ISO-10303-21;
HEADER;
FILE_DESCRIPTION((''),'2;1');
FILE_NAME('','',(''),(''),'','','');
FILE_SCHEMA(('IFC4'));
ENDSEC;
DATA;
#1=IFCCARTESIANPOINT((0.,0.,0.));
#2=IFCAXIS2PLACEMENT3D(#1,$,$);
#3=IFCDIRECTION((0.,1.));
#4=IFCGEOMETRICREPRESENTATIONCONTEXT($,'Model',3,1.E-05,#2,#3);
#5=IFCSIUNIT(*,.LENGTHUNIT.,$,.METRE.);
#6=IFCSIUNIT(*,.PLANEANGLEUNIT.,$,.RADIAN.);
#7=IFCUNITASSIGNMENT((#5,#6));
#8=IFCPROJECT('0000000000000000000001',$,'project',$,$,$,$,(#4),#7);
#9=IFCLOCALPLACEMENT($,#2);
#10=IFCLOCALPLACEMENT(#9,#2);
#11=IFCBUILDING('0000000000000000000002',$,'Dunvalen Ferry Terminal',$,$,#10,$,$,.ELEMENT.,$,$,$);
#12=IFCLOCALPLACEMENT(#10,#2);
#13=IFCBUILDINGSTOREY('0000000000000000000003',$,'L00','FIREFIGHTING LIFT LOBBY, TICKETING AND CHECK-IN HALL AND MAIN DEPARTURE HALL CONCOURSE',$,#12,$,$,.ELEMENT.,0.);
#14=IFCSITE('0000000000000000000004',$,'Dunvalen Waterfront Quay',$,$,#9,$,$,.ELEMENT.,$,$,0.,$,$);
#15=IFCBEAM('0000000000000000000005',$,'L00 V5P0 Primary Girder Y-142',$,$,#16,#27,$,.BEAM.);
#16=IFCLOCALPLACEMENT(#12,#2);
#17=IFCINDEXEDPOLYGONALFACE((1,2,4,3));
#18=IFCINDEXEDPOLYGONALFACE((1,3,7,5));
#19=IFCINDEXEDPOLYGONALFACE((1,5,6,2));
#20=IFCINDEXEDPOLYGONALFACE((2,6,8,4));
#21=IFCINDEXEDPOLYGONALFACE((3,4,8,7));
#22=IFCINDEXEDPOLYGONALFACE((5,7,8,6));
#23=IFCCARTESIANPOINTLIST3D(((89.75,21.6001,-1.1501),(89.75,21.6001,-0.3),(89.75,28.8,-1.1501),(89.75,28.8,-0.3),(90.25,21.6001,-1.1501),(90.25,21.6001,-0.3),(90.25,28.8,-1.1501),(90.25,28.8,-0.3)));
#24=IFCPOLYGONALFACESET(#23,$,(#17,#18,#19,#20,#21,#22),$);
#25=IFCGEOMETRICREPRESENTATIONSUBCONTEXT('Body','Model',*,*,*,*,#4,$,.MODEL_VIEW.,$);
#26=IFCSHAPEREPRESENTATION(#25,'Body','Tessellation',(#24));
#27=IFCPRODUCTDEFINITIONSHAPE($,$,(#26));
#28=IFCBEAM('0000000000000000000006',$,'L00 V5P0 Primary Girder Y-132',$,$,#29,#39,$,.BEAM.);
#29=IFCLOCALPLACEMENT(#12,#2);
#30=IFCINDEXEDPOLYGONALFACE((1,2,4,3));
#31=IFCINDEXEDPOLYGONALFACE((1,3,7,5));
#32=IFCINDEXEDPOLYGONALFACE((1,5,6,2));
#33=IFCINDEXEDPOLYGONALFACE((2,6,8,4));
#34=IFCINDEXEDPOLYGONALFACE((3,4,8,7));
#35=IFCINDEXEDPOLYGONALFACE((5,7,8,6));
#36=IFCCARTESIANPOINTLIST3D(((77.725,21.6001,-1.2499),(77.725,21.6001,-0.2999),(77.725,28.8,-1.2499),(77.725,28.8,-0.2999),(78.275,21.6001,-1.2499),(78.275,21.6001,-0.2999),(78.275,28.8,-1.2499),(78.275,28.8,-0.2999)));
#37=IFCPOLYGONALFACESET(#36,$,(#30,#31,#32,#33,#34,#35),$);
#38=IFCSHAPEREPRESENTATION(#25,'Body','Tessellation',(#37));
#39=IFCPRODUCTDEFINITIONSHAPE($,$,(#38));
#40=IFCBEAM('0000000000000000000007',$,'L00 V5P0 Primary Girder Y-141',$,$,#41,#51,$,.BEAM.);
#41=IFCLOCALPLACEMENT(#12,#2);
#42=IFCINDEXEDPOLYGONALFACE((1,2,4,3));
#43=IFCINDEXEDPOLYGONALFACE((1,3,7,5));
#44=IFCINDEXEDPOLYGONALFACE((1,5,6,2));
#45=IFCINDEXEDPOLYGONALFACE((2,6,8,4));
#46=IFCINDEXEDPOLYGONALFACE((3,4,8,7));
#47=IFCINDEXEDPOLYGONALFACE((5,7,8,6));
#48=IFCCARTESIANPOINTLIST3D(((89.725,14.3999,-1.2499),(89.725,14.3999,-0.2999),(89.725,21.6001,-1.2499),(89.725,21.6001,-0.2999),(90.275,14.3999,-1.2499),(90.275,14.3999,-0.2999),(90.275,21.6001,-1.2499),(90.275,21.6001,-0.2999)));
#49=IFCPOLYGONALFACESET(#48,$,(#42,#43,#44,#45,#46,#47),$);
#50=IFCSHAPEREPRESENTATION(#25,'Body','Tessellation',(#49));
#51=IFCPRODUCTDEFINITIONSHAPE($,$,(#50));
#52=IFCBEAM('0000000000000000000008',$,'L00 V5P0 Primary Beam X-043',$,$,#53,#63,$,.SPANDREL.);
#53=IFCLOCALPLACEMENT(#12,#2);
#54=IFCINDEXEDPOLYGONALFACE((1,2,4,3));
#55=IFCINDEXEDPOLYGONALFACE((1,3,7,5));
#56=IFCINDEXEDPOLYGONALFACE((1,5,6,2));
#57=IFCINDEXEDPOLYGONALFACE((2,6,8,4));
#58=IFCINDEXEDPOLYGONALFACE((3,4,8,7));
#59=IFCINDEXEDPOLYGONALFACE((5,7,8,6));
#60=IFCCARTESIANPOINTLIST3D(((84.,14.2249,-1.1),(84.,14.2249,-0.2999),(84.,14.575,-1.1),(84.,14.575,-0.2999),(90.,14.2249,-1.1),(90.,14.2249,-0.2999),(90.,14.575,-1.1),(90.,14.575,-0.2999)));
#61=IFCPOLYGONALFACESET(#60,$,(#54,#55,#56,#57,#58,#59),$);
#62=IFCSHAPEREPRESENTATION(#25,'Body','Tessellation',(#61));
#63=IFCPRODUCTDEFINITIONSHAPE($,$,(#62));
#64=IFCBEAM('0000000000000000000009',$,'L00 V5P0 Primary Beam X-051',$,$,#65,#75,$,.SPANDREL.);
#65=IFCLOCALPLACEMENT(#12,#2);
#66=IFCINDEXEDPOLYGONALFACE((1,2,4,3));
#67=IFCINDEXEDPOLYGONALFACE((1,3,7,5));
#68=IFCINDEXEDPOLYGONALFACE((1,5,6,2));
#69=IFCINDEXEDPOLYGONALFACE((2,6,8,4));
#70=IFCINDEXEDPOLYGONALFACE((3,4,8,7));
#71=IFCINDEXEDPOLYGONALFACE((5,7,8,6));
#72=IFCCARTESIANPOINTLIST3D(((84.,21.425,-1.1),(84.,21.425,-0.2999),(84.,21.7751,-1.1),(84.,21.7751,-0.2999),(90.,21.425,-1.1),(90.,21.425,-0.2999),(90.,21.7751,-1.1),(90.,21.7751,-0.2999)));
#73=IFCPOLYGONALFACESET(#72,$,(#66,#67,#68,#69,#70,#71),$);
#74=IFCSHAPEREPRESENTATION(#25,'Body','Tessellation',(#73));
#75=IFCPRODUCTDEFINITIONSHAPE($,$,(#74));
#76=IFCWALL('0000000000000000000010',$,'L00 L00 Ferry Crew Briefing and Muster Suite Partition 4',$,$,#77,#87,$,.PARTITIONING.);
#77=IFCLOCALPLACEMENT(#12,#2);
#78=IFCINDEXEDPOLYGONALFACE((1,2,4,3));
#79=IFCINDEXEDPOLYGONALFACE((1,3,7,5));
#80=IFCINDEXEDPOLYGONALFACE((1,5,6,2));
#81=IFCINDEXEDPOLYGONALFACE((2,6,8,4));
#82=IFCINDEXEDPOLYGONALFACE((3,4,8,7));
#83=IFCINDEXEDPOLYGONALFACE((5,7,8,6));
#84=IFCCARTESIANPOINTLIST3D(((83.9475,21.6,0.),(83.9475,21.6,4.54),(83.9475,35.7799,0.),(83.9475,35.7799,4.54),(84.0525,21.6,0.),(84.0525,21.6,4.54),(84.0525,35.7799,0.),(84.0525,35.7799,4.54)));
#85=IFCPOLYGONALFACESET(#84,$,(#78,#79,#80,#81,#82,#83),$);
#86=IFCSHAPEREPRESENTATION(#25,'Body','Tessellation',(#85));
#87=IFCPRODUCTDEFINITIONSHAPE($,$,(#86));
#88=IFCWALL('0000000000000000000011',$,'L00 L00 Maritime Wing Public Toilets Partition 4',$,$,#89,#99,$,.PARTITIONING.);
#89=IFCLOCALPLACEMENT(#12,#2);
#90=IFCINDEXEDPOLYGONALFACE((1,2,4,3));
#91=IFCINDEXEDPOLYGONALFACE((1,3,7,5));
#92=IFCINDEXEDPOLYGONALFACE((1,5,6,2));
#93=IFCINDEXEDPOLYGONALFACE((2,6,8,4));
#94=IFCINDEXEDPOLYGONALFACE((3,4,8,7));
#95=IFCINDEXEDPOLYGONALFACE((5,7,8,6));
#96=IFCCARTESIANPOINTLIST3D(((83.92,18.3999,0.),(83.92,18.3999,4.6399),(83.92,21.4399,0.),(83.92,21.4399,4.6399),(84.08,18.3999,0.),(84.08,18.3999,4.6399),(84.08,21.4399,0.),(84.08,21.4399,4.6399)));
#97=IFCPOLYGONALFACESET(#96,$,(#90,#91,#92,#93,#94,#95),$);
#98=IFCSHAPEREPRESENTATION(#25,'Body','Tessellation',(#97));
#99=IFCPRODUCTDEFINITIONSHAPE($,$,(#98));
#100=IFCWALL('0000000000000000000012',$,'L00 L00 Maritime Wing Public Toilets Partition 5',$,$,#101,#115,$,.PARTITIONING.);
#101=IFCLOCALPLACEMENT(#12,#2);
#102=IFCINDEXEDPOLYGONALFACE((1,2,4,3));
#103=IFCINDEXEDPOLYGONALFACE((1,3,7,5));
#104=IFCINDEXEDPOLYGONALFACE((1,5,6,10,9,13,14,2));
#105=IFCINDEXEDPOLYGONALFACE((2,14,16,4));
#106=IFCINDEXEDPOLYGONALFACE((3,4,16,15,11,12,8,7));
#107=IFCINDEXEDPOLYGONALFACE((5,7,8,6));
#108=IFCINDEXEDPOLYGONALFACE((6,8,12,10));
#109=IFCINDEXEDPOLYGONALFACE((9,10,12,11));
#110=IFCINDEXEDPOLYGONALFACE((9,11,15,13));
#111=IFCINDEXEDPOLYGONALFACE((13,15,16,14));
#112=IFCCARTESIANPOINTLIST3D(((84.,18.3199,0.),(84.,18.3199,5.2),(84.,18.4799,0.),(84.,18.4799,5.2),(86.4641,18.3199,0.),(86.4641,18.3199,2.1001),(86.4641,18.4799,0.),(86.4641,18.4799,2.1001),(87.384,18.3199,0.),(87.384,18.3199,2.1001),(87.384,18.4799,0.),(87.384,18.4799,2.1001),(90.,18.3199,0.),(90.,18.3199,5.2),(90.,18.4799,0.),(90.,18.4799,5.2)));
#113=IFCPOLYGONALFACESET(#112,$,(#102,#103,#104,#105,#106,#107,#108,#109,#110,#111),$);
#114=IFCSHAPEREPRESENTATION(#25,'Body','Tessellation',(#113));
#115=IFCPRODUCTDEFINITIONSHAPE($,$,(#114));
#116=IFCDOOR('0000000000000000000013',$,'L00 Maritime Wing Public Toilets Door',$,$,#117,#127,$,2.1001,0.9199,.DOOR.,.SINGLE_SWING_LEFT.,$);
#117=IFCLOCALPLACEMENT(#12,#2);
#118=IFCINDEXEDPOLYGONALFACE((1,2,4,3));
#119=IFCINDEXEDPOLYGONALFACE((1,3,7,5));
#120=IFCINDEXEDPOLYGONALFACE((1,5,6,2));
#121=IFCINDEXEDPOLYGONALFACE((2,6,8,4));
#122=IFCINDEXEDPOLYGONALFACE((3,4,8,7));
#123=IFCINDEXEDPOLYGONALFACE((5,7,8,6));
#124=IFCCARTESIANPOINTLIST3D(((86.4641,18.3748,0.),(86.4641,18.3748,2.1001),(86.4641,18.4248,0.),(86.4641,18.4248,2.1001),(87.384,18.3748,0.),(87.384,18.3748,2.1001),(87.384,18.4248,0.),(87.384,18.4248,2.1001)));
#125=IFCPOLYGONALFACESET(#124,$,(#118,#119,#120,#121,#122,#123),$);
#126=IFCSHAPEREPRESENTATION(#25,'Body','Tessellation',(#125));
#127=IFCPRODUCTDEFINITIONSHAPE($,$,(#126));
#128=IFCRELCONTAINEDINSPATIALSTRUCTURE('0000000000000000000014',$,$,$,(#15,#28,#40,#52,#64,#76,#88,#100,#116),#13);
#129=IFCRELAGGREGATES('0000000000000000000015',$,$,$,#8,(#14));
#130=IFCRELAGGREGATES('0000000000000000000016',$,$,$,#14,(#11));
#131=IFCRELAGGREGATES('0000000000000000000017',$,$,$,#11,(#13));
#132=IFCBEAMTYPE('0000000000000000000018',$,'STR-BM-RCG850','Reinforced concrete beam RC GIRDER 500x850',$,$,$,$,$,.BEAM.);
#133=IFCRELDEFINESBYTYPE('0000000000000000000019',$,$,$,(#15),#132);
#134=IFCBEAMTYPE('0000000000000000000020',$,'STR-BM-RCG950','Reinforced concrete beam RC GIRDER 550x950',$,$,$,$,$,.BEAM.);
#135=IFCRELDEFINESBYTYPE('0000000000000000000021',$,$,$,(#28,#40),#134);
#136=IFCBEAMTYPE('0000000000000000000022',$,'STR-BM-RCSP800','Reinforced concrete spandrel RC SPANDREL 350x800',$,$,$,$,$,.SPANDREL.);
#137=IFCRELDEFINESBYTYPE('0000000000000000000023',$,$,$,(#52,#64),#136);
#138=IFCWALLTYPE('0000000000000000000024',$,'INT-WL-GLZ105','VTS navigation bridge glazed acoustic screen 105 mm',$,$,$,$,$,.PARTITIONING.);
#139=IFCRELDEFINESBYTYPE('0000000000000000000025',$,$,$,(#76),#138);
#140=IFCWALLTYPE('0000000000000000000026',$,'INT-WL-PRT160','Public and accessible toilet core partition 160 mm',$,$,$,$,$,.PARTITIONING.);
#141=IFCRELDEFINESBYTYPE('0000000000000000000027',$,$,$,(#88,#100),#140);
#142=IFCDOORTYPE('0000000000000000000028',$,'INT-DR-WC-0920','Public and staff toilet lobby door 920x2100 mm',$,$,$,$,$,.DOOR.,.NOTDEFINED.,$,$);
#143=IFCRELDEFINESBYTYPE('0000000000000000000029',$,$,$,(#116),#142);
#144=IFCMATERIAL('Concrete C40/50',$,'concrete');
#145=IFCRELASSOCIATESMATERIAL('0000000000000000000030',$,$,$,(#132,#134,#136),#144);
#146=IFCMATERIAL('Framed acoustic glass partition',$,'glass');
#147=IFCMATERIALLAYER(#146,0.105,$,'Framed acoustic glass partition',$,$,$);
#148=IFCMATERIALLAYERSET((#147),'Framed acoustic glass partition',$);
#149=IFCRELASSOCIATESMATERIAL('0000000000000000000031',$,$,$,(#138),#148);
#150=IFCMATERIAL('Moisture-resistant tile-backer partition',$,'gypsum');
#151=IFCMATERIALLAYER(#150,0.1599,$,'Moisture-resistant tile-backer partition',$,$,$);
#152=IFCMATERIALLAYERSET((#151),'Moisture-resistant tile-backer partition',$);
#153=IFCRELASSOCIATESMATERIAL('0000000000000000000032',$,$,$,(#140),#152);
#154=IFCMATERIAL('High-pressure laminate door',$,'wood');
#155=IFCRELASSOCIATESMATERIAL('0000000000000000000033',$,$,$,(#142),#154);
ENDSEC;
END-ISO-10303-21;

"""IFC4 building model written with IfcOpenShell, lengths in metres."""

from ifc_helpers import new_model, si_unit, direction, frame, frame_2d, origin, origin_2d, place, context, subcontext, project, spatial, rectangle, extrude, material, layer, layer_set, material_profile, profile_set, type_object, element, fill, save


model = new_model("IFC4")

# Units and contexts
model_context = context("Model", 3, precision=1e-05, world=origin(), true_north=direction((0.0, 1.0)))
body_context = subcontext(model_context, "Body", "Model", "MODEL_VIEW")
ifc_project = project(units=[si_unit("LENGTHUNIT", "METRE"), si_unit("PLANEANGLEUNIT", "RADIAN")], contexts=[model_context])

# Site, building, storey
site_placement = place(None, origin())
site = spatial("IfcSite", under=ifc_project, at=site_placement, Name="Dunvalen Waterfront Quay", CompositionType="ELEMENT", RefElevation=0.0)
building_placement = place(site_placement, origin())
building = spatial("IfcBuilding", under=site, at=building_placement, Name="Dunvalen Ferry Terminal", CompositionType="ELEMENT")
storey_placement = place(building_placement, origin())
storey = spatial("IfcBuildingStorey", under=building, at=storey_placement, Name="L00", Description="FIREFIGHTING LIFT LOBBY, TICKETING AND CHECK-IN HALL AND MAIN DEPARTURE HALL CONCOURSE", CompositionType="ELEMENT", Elevation=0.0)

# Shared definitions
ifc_material_1 = material(Name="Concrete C40/50", Category="concrete")

# Beams
ifc_material_profile_1 = material_profile(ifc_material_1, rectangle(XDim=0.5, YDim=0.8501, at=origin_2d()), Name="Concrete C40/50")
ifc_profile_set_1 = profile_set([ifc_material_profile_1], Name="Concrete C40/50")
beam_type_1 = type_object("IfcBeamType", Name="STR-BM-RCG850", Description="Reinforced concrete beam RC GIRDER 500x850", PredefinedType="BEAM", material=ifc_profile_set_1)
beam_1_placement = place(storey_placement, frame((90.0, 21.6001, -0.7251), z_axis=(0.0, 1.0, 0.0), x_axis=(-1.0, 0.0, 0.0)))
element("IfcBeam", 1, at=beam_1_placement, inside=storey, type_object=beam_type_1, Name="L00 V5P0 Primary Girder Y-142", PredefinedType="BEAM", context=body_context, shape_type="SweptSolid", body=[
    extrude(rectangle(XDim=0.5, YDim=0.8501, at=origin_2d()), origin(), (0.0, 0.0, 1.0), 7.2),
])
ifc_material_profile_2 = material_profile(ifc_material_1, rectangle(XDim=0.55, YDim=0.95, at=origin_2d()), Name="Concrete C40/50")
ifc_profile_set_2 = profile_set([ifc_material_profile_2], Name="Concrete C40/50")
beam_type_2 = type_object("IfcBeamType", Name="STR-BM-RCG950", Description="Reinforced concrete beam RC GIRDER 550x950", PredefinedType="BEAM", material=ifc_profile_set_2)
beam_2_placement = place(storey_placement, frame((78.0, 21.6001, -0.7749), z_axis=(0.0, 1.0, 0.0), x_axis=(-1.0, 0.0, 0.0)))
element("IfcBeam", 2, at=beam_2_placement, inside=storey, type_object=beam_type_2, Name="L00 V5P0 Primary Girder Y-132", PredefinedType="BEAM", context=body_context, shape_type="SweptSolid", body=[
    extrude(rectangle(XDim=0.55, YDim=0.95, at=origin_2d()), origin(), (0.0, 0.0, 1.0), 7.2),
])
beam_3_placement = place(storey_placement, frame((90.0, 14.3999, -0.7749), z_axis=(0.0, 1.0, 0.0), x_axis=(-1.0, 0.0, 0.0)))
element("IfcBeam", 3, at=beam_3_placement, inside=storey, type_object=beam_type_2, Name="L00 V5P0 Primary Girder Y-141", PredefinedType="BEAM", context=body_context, shape_type="SweptSolid", body=[
    extrude(rectangle(XDim=0.55, YDim=0.95, at=origin_2d()), origin(), (0.0, 0.0, 1.0), 7.2002),
])
ifc_material_profile_3 = material_profile(ifc_material_1, rectangle(XDim=0.3501, YDim=0.8, at=origin_2d()), Name="Concrete C40/50")
ifc_profile_set_3 = profile_set([ifc_material_profile_3], Name="Concrete C40/50")
beam_type_3 = type_object("IfcBeamType", Name="STR-BM-RCSP800", Description="Reinforced concrete spandrel RC SPANDREL 350x800", PredefinedType="SPANDREL", material=ifc_profile_set_3)
for number, where, z_axis, x_axis, name in (
    (4, (84.0, 14.3999, -0.7), (1.0, 0.0, 0.0), (0.0, 1.0, 0.0), "L00 V5P0 Primary Beam X-043"),
    (5, (84.0, 21.6001, -0.7), (1.0, 0.0, 0.0), (0.0, 1.0, 0.0), "L00 V5P0 Primary Beam X-051"),
):
    element("IfcBeam", number, at=place(storey_placement, frame(where, z_axis=z_axis, x_axis=x_axis)), inside=storey, type_object=beam_type_3, Name=name, PredefinedType="SPANDREL", context=body_context, shape_type="SweptSolid", body=[
        extrude(rectangle(XDim=0.3501, YDim=0.8, at=origin_2d()), origin(), (0.0, 0.0, 1.0), 6.0),
    ])

# Walls
ifc_material_2 = material(Name="Framed acoustic glass partition", Category="glass")
ifc_layer_1 = layer(ifc_material_2, 0.105, Name="Framed acoustic glass partition")
ifc_layer_set_1 = layer_set([ifc_layer_1], Name="Framed acoustic glass partition")
wall_type_1 = type_object("IfcWallType", Name="INT-WL-GLZ105", Description="VTS navigation bridge glazed acoustic screen 105 mm", PredefinedType="PARTITIONING", material=ifc_layer_set_1)
wall_1_placement = place(storey_placement, frame((84.0, 21.6001, 0.0), z_axis=(0.0, 0.0, 1.0), x_axis=(0.0, 1.0, 0.0)))
element("IfcWall", 6, at=wall_1_placement, inside=storey, type_object=wall_type_1, Name="L00 L00 Ferry Crew Briefing and Muster Suite Partition 4", PredefinedType="PARTITIONING", context=body_context, shape_type="SweptSolid", body=[
    extrude(rectangle(XDim=14.1799, YDim=0.105, at=frame_2d((7.0898, 0.0))), origin(), (0.0, 0.0, 1.0), 4.54),
])
ifc_material_3 = material(Name="Moisture-resistant tile-backer partition", Category="gypsum")
ifc_layer_2 = layer(ifc_material_3, 0.1599, Name="Moisture-resistant tile-backer partition")
ifc_layer_set_2 = layer_set([ifc_layer_2], Name="Moisture-resistant tile-backer partition")
wall_type_2 = type_object("IfcWallType", Name="INT-WL-PRT160", Description="Public and accessible toilet core partition 160 mm", PredefinedType="PARTITIONING", material=ifc_layer_set_2)
wall_2_placement = place(storey_placement, frame((84.0, 21.4399, 0.0), z_axis=(0.0, 0.0, 1.0), x_axis=(0.0, -1.0, 0.0)))
element("IfcWall", 7, at=wall_2_placement, inside=storey, type_object=wall_type_2, Name="L00 L00 Maritime Wing Public Toilets Partition 4", PredefinedType="PARTITIONING", context=body_context, shape_type="SweptSolid", body=[
    extrude(rectangle(XDim=3.04, YDim=0.1599, at=frame_2d((1.52, 0.0))), origin(), (0.0, 0.0, 1.0), 4.6399),
])

# Wall, opening, door
wall_3_placement = place(storey_placement, frame((84.0, 18.3999, 0.0), z_axis=(0.0, 0.0, 1.0), x_axis=(1.0, 0.0, 0.0)))
wall_3 = element("IfcWall", 8, at=wall_3_placement, inside=storey, type_object=wall_type_2, Name="L00 L00 Maritime Wing Public Toilets Partition 5", PredefinedType="PARTITIONING", context=body_context, shape_type="SweptSolid", body=[
    extrude(rectangle(XDim=6.0, YDim=0.1599, at=frame_2d((3.0, 0.0))), origin(), (0.0, 0.0, 1.0), 5.2),
])
opening_placement = place(wall_3_placement, frame((2.4641, 0.0, 0.0)))
opening = element("IfcOpeningElement", 9, at=opening_placement, cuts=wall_3, PredefinedType="OPENING", context=body_context, shape_type="SweptSolid", body=[
    extrude(rectangle(XDim=0.9199, YDim=2.1001, at=frame_2d((0.46, 1.05))), frame((0.0, 0.0898, 0.0), z_axis=(0.0, -1.0, 0.0), x_axis=(1.0, 0.0, 0.0)), (0.0, 0.0, 1.0), 0.1799),
])
ifc_material_4 = material(Name="High-pressure laminate door", Category="wood")
door_type = type_object("IfcDoorType", Name="INT-DR-WC-0920", Description="Public and staff toilet lobby door 920x2100 mm", OperationType="NOTDEFINED", PredefinedType="DOOR", material=ifc_material_4)
door_placement = place(opening_placement, origin())
door = element("IfcDoor", 10, at=door_placement, inside=storey, type_object=door_type, Name="L00 Maritime Wing Public Toilets Door", OperationType="SINGLE_SWING_LEFT", OverallHeight=2.1001, OverallWidth=0.9199, PredefinedType="DOOR", context=body_context, shape_type="SweptSolid", body=[
    extrude(rectangle(XDim=0.9199, YDim=2.1001, at=frame_2d((0.46, 1.05))), frame((0.0, 0.0249, 0.0), z_axis=(0.0, -1.0, 0.0), x_axis=(1.0, 0.0, 0.0)), (0.0, 0.0, 1.0), 0.05),
])
fill(opening, door)

save(model, "model.ifc")
